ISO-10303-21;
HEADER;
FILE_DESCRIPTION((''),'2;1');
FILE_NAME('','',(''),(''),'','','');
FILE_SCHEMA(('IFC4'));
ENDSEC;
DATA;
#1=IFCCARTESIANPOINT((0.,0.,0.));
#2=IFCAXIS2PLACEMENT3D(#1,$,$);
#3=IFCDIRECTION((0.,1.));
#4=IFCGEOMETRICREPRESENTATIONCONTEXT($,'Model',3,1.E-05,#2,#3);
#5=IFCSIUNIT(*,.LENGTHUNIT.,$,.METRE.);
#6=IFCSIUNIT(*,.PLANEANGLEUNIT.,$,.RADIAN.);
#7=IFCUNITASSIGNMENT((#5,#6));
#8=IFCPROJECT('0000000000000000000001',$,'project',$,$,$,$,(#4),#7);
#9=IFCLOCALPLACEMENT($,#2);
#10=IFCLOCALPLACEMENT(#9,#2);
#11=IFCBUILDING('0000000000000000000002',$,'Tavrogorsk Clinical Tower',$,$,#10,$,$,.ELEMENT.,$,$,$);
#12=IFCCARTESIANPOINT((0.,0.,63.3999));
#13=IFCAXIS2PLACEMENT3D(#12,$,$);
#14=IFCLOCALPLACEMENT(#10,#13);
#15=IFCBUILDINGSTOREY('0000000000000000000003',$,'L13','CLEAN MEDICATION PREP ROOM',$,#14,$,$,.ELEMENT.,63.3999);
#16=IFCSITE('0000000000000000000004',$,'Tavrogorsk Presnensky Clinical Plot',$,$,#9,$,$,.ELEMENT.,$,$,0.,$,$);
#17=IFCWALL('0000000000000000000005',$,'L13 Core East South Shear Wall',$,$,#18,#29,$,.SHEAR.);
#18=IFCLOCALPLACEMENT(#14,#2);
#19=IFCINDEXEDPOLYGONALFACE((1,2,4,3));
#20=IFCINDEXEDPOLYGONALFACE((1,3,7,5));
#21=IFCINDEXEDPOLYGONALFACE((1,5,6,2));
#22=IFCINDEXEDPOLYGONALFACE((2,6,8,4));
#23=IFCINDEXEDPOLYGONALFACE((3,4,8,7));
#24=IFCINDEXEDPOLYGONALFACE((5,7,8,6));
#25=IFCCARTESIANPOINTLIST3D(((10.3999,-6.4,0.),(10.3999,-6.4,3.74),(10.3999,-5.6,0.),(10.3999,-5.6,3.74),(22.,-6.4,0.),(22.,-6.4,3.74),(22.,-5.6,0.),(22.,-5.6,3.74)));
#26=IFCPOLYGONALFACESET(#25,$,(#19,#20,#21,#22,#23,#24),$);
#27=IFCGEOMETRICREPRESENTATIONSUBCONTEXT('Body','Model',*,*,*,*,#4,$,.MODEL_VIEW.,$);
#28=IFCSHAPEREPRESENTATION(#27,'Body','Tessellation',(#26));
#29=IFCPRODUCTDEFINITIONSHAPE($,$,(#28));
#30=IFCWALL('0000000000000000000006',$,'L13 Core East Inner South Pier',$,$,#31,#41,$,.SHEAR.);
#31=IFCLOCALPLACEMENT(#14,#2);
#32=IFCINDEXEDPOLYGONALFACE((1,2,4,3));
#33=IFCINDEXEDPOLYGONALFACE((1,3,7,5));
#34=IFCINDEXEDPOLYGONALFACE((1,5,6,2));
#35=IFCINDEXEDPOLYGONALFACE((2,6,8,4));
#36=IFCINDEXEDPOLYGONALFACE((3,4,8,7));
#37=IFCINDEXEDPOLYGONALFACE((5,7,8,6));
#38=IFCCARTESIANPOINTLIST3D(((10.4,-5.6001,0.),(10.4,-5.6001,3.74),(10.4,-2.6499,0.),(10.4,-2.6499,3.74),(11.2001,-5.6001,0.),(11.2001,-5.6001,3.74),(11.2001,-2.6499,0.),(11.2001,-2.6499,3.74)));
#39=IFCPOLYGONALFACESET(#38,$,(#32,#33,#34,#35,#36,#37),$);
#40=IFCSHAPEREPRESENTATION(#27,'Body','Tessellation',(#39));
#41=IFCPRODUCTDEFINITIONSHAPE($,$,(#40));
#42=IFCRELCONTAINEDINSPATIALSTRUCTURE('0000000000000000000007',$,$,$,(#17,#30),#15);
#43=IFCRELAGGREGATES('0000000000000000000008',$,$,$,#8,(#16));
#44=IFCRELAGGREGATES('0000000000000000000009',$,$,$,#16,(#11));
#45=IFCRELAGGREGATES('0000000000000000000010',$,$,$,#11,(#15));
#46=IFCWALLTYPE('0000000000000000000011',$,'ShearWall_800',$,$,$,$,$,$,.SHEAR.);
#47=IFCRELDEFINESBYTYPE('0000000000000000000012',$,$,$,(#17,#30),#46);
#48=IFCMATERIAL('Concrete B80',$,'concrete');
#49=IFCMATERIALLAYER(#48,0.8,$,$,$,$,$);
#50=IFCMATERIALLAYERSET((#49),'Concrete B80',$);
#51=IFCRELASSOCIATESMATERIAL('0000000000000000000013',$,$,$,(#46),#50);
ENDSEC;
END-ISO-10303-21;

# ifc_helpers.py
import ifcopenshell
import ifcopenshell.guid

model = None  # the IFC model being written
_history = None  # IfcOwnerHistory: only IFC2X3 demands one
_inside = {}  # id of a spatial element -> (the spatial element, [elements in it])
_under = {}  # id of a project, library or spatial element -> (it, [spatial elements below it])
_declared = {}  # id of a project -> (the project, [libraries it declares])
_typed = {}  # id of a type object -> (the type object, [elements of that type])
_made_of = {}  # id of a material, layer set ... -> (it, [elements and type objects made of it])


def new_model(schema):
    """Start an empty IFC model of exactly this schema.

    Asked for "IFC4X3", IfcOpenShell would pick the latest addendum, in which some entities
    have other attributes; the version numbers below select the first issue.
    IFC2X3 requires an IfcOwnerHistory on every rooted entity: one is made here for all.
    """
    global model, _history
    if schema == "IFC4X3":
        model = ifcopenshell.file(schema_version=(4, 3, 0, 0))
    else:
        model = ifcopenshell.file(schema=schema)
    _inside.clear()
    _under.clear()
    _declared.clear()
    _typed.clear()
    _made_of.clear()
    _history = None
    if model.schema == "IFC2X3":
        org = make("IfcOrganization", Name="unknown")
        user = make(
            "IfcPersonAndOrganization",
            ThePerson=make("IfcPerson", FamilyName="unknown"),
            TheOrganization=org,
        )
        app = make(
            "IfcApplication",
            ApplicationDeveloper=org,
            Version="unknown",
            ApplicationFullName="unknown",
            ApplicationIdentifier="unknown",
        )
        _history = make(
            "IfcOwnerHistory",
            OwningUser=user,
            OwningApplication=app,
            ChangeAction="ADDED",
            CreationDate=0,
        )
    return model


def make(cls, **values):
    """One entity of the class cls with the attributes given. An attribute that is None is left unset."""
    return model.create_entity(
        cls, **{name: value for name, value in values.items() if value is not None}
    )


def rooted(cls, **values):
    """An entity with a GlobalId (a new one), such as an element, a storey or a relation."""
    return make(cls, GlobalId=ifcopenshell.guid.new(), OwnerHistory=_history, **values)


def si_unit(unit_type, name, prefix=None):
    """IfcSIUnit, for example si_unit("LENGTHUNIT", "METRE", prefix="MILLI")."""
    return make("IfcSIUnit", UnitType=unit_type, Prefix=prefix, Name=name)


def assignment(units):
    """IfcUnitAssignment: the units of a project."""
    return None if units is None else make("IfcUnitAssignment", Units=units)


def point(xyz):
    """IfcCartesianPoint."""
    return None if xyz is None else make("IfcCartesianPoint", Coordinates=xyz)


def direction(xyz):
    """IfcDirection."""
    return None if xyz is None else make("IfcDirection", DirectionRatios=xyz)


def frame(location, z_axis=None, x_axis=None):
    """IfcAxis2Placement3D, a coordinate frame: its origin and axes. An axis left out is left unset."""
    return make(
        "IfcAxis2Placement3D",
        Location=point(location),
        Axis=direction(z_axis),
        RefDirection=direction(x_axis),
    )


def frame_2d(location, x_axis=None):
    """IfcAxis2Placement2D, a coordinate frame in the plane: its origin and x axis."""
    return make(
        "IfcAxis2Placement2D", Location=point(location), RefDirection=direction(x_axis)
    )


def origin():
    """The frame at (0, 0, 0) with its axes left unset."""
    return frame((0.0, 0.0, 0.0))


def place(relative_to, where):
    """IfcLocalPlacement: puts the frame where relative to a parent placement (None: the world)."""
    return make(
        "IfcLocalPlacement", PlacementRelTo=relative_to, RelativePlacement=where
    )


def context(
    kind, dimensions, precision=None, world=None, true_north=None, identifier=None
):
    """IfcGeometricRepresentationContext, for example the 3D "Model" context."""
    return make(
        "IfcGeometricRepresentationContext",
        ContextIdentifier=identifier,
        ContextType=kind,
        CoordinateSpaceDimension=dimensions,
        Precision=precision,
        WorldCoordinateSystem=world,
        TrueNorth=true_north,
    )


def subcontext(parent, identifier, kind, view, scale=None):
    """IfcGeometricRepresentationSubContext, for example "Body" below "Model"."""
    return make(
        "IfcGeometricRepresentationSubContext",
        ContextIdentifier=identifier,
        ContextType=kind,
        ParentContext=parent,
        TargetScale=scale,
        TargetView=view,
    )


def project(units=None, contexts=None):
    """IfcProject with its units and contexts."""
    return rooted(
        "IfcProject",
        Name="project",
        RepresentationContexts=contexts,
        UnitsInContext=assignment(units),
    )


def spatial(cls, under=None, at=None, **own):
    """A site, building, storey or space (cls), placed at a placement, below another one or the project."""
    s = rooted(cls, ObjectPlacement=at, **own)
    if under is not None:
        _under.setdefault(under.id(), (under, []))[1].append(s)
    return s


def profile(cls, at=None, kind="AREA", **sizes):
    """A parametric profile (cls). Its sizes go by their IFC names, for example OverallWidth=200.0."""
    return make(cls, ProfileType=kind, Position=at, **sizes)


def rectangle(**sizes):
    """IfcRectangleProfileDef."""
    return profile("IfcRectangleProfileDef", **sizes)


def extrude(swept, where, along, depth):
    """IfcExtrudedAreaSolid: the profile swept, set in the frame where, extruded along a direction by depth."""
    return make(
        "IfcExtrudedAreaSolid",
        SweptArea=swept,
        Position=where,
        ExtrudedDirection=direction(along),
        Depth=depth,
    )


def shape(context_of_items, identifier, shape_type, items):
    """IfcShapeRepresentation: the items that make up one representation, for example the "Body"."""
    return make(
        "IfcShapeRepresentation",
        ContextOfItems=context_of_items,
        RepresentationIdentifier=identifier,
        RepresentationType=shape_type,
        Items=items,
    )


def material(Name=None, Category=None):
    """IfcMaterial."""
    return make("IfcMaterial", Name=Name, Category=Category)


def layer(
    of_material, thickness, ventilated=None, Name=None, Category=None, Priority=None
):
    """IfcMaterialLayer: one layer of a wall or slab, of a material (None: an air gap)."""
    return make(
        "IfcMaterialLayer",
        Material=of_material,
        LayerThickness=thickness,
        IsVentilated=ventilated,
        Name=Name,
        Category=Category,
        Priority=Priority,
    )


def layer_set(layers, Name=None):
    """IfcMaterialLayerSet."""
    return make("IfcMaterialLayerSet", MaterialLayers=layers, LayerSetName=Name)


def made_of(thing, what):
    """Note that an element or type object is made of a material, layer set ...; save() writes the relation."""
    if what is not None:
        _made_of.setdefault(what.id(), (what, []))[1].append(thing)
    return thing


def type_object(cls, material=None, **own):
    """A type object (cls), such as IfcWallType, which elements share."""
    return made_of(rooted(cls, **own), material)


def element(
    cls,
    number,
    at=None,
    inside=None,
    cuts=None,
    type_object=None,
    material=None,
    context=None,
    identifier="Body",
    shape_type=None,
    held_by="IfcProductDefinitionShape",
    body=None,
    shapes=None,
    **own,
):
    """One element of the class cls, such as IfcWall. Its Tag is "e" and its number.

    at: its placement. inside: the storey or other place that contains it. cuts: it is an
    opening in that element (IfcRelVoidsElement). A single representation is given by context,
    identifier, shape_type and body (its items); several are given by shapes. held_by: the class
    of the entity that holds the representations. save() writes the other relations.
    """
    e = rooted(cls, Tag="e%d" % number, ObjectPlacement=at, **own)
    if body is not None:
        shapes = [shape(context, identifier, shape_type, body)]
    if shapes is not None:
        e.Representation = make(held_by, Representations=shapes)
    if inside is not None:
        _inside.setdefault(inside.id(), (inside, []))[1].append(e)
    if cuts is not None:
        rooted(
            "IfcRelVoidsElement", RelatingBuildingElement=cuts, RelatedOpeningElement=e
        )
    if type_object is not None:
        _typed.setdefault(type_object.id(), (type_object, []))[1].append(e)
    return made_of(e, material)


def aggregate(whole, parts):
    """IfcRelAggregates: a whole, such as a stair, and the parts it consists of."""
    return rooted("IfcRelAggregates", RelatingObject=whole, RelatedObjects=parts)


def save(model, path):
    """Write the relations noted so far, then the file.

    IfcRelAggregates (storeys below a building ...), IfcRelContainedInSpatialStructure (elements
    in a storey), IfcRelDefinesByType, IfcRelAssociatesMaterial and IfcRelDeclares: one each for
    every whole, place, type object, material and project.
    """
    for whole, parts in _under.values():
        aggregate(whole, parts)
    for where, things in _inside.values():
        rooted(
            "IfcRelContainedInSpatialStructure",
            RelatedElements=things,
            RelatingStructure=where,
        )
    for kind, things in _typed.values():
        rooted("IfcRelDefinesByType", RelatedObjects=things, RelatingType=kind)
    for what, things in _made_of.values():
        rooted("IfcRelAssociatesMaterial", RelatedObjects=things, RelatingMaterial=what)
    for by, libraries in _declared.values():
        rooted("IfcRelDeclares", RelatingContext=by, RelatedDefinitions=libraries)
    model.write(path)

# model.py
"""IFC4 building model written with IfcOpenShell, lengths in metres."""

from ifc_helpers import new_model, si_unit, direction, frame, frame_2d, origin, place, context, subcontext, project, spatial, rectangle, extrude, material, layer, layer_set, type_object, element, save


model = new_model("IFC4")

# Units and contexts
model_context = context("Model", 3, precision=1e-05, world=origin(), true_north=direction((0.0, 1.0)))
body_context = subcontext(model_context, "Body", "Model", "MODEL_VIEW")
ifc_project = project(units=[si_unit("LENGTHUNIT", "METRE"), si_unit("PLANEANGLEUNIT", "RADIAN")], contexts=[model_context])

# Site, building, storey
site_placement = place(None, origin())
site = spatial("IfcSite", under=ifc_project, at=site_placement, Name="Tavrogorsk Presnensky Clinical Plot", CompositionType="ELEMENT", RefElevation=0.0)
building_placement = place(site_placement, origin())
building = spatial("IfcBuilding", under=site, at=building_placement, Name="Tavrogorsk Clinical Tower", CompositionType="ELEMENT")
storey_placement = place(building_placement, frame((0.0, 0.0, 63.3999)))
storey = spatial("IfcBuildingStorey", under=building, at=storey_placement, Name="L13", Description="CLEAN MEDICATION PREP ROOM", CompositionType="ELEMENT", Elevation=63.3999)

# Walls
ifc_material_1 = material(Name="Concrete B80", Category="concrete")
ifc_layer_1 = layer(ifc_material_1, 0.8)
ifc_layer_set_1 = layer_set([ifc_layer_1], Name="Concrete B80")
wall_type_1 = type_object("IfcWallType", Name="ShearWall_800", PredefinedType="SHEAR", material=ifc_layer_set_1)
wall_1_placement = place(storey_placement, frame((10.3999, -6.0, 0.0), z_axis=(0.0, 0.0, 1.0), x_axis=(1.0, 0.0, 0.0)))
element("IfcWall", 1, at=wall_1_placement, inside=storey, type_object=wall_type_1, Name="L13 Core East South Shear Wall", PredefinedType="SHEAR", context=body_context, shape_type="SweptSolid", body=[
    extrude(rectangle(XDim=11.6001, YDim=0.8, at=frame_2d((5.8, 0.0))), origin(), (0.0, 0.0, 1.0), 3.74),
])
wall_2_placement = place(storey_placement, frame((10.8, -5.6001, 0.0), z_axis=(0.0, 0.0, 1.0), x_axis=(0.0, 1.0, 0.0)))
element("IfcWall", 2, at=wall_2_placement, inside=storey, type_object=wall_type_1, Name="L13 Core East Inner South Pier", PredefinedType="SHEAR", context=body_context, shape_type="SweptSolid", body=[
    extrude(rectangle(XDim=2.9502, YDim=0.8, at=frame_2d((1.4751, 0.0))), origin(), (0.0, 0.0, 1.0), 3.74),
])

save(model, "model.ifc")
